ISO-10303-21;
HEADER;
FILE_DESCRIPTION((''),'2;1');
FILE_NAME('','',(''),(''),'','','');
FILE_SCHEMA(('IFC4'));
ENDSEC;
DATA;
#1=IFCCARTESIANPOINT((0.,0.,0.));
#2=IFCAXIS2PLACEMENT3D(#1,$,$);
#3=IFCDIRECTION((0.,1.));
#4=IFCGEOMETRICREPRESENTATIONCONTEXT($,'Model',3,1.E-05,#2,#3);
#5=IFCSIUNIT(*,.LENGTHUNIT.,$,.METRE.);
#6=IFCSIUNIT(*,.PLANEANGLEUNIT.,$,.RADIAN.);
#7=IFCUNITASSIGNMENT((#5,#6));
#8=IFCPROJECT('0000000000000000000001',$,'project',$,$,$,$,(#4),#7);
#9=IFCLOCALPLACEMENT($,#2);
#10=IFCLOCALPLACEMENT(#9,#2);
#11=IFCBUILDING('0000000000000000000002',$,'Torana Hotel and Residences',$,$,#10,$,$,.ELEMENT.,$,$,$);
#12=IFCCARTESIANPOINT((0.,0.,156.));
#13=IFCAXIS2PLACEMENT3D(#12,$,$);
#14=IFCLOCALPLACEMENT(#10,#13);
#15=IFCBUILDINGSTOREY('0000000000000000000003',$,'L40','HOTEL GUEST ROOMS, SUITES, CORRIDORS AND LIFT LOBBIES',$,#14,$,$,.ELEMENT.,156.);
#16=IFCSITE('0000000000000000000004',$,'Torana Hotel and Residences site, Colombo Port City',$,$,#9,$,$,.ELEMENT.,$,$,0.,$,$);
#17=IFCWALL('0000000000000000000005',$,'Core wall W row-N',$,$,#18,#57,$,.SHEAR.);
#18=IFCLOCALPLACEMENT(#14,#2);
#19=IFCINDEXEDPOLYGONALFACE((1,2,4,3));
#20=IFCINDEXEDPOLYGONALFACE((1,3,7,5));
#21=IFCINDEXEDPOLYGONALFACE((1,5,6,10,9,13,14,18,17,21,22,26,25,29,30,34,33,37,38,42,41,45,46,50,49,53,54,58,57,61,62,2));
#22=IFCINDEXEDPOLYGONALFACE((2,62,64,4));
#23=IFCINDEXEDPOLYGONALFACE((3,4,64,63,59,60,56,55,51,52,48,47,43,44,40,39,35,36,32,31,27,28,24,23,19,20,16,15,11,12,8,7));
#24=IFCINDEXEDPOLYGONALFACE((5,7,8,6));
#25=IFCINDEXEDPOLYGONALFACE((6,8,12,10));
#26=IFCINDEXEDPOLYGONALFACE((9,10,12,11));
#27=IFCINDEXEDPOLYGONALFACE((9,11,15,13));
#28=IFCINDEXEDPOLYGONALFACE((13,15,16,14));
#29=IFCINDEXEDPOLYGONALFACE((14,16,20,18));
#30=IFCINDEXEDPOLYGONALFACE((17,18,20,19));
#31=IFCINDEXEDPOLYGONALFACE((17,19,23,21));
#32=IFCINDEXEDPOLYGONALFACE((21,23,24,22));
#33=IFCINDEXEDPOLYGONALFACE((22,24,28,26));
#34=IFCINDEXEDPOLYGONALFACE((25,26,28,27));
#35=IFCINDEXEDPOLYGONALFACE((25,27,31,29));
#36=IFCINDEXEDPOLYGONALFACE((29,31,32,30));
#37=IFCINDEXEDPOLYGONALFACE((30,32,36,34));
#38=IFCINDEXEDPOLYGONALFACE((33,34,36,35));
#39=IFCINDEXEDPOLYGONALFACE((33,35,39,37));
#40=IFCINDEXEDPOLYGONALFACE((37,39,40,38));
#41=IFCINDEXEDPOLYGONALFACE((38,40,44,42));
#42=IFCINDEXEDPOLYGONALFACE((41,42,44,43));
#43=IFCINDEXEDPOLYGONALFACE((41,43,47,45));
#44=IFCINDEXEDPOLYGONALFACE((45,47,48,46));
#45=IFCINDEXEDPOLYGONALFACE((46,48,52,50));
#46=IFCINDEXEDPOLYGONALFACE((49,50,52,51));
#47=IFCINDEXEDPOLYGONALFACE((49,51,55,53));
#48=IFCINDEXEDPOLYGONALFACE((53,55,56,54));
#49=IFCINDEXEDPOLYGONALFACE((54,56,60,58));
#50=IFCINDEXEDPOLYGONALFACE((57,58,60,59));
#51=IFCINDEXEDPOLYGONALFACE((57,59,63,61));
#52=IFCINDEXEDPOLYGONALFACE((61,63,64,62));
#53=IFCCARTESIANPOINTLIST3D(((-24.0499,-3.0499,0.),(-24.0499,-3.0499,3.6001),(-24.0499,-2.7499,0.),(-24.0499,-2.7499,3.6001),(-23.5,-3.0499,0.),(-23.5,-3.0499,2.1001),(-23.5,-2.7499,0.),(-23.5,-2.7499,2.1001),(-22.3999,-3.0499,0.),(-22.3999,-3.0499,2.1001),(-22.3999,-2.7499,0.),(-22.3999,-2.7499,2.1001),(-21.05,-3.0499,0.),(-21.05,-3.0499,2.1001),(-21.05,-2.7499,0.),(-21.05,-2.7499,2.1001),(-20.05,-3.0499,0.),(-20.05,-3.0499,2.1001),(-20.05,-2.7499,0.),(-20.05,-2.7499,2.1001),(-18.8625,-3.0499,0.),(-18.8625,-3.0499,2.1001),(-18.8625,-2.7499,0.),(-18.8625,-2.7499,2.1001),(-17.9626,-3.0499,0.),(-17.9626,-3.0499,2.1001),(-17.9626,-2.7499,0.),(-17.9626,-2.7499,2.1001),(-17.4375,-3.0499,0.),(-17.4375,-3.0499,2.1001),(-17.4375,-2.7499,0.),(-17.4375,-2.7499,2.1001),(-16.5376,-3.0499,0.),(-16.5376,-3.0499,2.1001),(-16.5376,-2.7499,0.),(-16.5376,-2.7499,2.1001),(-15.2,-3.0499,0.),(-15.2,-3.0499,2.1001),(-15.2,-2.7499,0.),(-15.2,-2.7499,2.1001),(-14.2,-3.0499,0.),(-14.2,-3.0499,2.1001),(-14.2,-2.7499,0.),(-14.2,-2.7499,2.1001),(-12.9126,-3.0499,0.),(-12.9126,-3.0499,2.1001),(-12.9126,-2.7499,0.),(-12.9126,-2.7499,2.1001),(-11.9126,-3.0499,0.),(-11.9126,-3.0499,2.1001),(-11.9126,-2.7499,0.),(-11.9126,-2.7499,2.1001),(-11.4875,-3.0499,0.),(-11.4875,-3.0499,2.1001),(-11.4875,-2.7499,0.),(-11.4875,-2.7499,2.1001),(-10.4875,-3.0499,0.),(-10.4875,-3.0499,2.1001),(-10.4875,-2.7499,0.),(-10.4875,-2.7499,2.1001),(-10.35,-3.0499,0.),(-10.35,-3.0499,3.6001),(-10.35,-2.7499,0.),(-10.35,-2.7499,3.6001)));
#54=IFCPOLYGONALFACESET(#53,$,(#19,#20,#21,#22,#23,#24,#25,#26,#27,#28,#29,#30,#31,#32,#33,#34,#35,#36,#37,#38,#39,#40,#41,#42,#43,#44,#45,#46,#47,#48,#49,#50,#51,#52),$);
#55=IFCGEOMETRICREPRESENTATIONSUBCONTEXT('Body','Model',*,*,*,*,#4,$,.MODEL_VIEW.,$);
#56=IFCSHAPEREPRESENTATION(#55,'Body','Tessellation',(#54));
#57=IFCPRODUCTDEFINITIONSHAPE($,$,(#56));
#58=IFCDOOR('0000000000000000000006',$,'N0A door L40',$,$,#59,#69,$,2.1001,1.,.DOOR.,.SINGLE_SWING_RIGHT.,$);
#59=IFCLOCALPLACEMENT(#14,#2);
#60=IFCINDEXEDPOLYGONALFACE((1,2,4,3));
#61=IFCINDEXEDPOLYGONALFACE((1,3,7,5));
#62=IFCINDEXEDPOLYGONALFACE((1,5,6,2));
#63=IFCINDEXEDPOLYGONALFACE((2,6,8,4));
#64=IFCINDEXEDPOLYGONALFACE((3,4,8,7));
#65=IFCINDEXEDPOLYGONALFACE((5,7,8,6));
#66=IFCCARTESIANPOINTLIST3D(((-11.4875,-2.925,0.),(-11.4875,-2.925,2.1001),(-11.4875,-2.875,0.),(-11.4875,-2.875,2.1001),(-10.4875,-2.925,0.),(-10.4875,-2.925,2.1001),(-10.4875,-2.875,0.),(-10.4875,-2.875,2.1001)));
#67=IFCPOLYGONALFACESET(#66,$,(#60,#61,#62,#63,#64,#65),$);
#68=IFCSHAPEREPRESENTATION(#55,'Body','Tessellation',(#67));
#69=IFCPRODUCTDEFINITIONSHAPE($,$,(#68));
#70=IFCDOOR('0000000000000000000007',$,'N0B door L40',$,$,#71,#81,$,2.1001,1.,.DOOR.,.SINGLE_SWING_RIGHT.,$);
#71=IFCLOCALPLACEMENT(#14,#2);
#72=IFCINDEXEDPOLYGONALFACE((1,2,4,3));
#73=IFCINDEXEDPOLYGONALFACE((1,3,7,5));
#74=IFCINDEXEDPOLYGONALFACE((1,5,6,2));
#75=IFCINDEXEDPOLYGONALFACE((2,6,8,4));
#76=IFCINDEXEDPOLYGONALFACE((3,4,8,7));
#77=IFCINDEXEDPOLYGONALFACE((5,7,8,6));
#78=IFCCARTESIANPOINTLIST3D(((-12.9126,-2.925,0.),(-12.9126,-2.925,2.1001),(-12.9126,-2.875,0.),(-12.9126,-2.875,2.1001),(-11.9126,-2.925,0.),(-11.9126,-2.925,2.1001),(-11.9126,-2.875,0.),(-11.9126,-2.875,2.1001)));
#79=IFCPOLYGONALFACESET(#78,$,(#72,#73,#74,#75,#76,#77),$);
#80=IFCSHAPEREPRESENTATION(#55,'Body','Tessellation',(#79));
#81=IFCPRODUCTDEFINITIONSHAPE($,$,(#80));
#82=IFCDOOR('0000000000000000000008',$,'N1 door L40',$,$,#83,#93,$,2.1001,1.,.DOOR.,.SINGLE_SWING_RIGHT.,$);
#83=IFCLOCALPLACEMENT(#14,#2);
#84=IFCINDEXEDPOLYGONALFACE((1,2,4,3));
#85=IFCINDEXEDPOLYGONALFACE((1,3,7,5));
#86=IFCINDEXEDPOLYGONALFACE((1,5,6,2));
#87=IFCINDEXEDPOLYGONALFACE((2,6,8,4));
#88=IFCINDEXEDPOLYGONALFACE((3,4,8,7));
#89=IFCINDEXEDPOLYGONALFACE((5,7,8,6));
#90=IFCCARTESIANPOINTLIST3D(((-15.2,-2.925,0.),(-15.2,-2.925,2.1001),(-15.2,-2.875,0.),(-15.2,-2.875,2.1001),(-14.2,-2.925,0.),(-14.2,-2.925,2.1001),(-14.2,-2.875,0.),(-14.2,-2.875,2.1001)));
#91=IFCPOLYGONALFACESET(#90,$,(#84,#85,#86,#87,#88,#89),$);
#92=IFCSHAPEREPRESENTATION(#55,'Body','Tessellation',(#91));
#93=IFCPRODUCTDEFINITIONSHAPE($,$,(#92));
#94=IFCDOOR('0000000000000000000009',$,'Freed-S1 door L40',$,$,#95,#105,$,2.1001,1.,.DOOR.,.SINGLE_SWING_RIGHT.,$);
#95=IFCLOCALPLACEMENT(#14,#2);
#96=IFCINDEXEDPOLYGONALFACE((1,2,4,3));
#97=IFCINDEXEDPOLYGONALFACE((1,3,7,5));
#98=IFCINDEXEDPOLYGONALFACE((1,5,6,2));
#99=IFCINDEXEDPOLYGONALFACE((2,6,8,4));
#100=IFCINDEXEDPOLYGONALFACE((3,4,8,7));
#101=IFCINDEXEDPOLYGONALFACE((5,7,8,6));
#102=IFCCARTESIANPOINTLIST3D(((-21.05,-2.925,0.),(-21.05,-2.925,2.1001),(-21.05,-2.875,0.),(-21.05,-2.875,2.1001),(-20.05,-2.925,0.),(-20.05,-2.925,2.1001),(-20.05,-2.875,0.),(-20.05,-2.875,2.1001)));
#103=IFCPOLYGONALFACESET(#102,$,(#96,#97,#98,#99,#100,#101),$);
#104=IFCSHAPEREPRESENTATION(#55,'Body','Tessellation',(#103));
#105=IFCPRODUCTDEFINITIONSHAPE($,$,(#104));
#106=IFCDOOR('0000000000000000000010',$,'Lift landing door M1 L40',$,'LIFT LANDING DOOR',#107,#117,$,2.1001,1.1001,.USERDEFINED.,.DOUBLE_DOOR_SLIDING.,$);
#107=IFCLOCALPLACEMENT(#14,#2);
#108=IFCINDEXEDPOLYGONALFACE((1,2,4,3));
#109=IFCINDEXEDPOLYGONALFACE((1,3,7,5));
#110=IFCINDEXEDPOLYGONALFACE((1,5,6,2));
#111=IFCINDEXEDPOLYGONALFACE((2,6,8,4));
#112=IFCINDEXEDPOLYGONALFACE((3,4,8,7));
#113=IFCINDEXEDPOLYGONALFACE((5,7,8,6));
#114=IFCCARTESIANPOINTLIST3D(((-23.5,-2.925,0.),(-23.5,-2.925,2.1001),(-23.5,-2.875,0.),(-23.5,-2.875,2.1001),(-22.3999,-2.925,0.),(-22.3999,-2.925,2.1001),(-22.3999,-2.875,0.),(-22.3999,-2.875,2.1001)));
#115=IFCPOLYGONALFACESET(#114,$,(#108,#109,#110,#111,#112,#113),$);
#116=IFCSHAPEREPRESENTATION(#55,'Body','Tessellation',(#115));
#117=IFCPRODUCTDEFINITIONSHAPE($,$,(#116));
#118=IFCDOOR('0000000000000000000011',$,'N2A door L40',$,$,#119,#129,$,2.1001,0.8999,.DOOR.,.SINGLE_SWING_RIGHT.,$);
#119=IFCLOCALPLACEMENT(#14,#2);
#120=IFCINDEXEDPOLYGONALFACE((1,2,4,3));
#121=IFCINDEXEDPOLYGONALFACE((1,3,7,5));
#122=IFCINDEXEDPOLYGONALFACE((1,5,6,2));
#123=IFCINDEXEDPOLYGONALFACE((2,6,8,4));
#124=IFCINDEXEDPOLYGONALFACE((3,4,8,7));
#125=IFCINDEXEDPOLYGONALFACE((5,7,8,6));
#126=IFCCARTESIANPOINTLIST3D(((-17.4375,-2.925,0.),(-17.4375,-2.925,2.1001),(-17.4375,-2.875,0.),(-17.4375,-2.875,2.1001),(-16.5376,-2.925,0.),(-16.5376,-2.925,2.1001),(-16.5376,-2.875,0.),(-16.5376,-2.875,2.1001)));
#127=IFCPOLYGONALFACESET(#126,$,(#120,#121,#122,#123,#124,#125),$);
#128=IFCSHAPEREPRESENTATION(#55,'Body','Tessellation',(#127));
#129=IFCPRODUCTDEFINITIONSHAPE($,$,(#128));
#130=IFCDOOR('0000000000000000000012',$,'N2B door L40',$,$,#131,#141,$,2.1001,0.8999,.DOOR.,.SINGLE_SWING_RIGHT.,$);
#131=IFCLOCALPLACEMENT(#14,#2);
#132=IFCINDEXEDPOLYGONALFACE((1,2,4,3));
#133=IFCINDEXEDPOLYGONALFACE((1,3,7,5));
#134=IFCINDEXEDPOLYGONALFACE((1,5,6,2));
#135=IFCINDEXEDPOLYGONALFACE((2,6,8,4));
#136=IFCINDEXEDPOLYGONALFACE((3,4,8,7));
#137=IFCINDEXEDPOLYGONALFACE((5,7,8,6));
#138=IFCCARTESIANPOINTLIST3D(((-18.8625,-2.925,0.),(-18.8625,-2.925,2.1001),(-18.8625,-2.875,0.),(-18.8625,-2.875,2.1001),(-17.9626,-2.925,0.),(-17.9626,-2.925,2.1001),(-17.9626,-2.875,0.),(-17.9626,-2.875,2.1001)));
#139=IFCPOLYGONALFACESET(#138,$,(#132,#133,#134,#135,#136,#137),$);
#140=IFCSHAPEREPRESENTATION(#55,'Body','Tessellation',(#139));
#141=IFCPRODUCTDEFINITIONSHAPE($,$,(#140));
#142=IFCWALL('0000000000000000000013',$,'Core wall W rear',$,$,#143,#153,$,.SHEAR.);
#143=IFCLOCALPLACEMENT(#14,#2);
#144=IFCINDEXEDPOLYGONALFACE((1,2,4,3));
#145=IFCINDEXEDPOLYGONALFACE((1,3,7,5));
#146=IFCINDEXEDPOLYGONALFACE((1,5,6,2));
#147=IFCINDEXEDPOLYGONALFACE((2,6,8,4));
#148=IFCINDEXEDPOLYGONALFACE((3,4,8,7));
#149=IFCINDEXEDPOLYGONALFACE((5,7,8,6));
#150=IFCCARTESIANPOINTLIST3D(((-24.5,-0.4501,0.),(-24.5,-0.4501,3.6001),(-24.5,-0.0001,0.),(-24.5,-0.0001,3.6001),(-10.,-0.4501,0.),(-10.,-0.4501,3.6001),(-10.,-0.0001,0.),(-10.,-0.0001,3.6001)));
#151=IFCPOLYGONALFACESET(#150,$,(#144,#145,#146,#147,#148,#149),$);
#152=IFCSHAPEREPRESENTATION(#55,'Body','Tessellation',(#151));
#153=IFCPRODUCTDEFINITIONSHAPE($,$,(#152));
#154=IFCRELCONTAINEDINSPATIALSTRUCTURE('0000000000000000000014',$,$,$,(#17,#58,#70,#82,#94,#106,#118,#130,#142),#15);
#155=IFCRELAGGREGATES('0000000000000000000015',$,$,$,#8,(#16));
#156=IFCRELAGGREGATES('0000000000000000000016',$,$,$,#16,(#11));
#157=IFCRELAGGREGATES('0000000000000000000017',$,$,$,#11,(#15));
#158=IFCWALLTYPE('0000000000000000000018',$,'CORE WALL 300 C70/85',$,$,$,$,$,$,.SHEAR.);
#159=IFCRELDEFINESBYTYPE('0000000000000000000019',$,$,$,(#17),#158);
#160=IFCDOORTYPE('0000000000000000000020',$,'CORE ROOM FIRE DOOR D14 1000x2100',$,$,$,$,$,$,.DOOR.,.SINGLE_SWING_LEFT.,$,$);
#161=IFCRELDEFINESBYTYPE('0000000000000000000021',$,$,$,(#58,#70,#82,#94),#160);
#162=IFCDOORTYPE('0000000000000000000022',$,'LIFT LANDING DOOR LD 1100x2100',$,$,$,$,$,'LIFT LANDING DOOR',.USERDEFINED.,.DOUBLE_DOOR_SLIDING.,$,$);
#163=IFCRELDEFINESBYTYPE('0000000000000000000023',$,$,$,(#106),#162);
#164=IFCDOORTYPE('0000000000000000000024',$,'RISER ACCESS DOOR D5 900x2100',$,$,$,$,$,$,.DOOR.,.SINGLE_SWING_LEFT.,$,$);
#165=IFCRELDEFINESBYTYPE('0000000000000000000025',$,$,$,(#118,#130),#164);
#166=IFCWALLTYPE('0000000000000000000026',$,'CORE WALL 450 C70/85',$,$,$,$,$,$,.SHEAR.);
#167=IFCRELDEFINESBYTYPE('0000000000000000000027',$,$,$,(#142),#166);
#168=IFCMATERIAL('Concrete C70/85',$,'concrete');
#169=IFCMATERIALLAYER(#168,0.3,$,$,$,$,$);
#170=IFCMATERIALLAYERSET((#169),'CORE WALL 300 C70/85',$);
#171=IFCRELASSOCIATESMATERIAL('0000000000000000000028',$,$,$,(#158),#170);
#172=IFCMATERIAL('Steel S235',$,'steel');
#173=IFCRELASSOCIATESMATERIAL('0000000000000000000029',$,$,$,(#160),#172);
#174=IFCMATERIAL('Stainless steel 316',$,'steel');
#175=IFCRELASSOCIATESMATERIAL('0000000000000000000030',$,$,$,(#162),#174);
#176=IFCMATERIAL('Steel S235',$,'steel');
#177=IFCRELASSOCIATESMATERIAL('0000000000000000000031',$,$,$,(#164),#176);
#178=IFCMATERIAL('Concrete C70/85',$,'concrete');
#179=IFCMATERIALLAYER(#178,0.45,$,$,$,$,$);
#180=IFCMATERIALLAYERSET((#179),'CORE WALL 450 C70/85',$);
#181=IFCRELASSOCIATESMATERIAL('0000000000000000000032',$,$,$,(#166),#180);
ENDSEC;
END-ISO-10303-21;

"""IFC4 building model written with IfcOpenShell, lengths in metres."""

from ifc_helpers import new_model, si_unit, direction, frame, frame_2d, origin, place, context, subcontext, project, spatial, rectangle, extrude, material, layer, layer_set, type_object, element, fill, save


model = new_model("IFC4")

# Units and contexts
model_context = context("Model", 3, precision=1e-05, world=origin(), true_north=direction((0.0, 1.0)))
body_context = subcontext(model_context, "Body", "Model", "MODEL_VIEW")
ifc_project = project(units=[si_unit("LENGTHUNIT", "METRE"), si_unit("PLANEANGLEUNIT", "RADIAN")], contexts=[model_context])

# Site, building, storey
site_placement = place(None, origin())
site = spatial("IfcSite", under=ifc_project, at=site_placement, Name="Torana Hotel and Residences site, Colombo Port City", CompositionType="ELEMENT", RefElevation=0.0)
building_placement = place(site_placement, origin())
building = spatial("IfcBuilding", under=site, at=building_placement, Name="Torana Hotel and Residences", CompositionType="ELEMENT")
storey_placement = place(building_placement, frame((0.0, 0.0, 156.0)))
storey = spatial("IfcBuildingStorey", under=building, at=storey_placement, Name="L40", Description="HOTEL GUEST ROOMS, SUITES, CORRIDORS AND LIFT LOBBIES", CompositionType="ELEMENT", Elevation=156.0)

# Wall, openings, doors
ifc_material_1 = material(Name="Concrete C70/85", Category="concrete")
ifc_layer_1 = layer(ifc_material_1, 0.3)
ifc_layer_set_1 = layer_set([ifc_layer_1], Name="CORE WALL 300 C70/85")
wall_type_1 = type_object("IfcWallType", Name="CORE WALL 300 C70/85", PredefinedType="SHEAR", material=ifc_layer_set_1)
wall_1_placement = place(storey_placement, frame((-24.05, -2.8999, 0.0), z_axis=(0.0, 0.0, 1.0), x_axis=(1.0, 0.0, 0.0)))
wall_1 = element("IfcWall", 1, at=wall_1_placement, inside=storey, type_object=wall_type_1, Name="Core wall W row-N", PredefinedType="SHEAR", context=body_context, shape_type="SweptSolid", body=[
    extrude(rectangle(XDim=13.7, YDim=0.3, at=frame_2d((6.8501, 0.0))), origin(), (0.0, 0.0, 1.0), 3.6001),
])
opening_1_placement = place(wall_1_placement, frame((0.55, 0.0, 0.0)))
opening_1 = element("IfcOpeningElement", 2, at=opening_1_placement, cuts=wall_1, PredefinedType="OPENING", context=body_context, shape_type="SweptSolid", body=[
    extrude(rectangle(XDim=1.1001, YDim=2.1001, at=frame_2d((0.55, 1.05))), frame((0.0, 0.1599, 0.0), z_axis=(0.0, -1.0, 0.0), x_axis=(1.0, 0.0, 0.0)), (0.0, 0.0, 1.0), 0.3201),
])
opening_2_placement = place(wall_1_placement, frame((6.6125, 0.0, 0.0)))
opening_2 = element("IfcOpeningElement", 3, at=opening_2_placement, cuts=wall_1, PredefinedType="OPENING", context=body_context, shape_type="SweptSolid", body=[
    extrude(rectangle(XDim=0.8999, YDim=2.1001, at=frame_2d((0.45, 1.05))), frame((0.0, 0.1599, 0.0), z_axis=(0.0, -1.0, 0.0), x_axis=(1.0, 0.0, 0.0)), (0.0, 0.0, 1.0), 0.3201),
])
opening_3_placement = place(wall_1_placement, frame((5.1875, 0.0, 0.0)))
opening_3 = element("IfcOpeningElement", 4, at=opening_3_placement, cuts=wall_1, PredefinedType="OPENING", context=body_context, shape_type="SweptSolid", body=[
    extrude(rectangle(XDim=0.8999, YDim=2.1001, at=frame_2d((0.45, 1.05))), frame((0.0, 0.1599, 0.0), z_axis=(0.0, -1.0, 0.0), x_axis=(1.0, 0.0, 0.0)), (0.0, 0.0, 1.0), 0.3201),
])
opening_4_placement = place(wall_1_placement, frame((12.5625, 0.0, 0.0)))
opening_4 = element("IfcOpeningElement", 5, at=opening_4_placement, cuts=wall_1, PredefinedType="OPENING", context=body_context, shape_type="SweptSolid", body=[
    extrude(rectangle(XDim=1.0, YDim=2.1001, at=frame_2d((0.5, 1.05))), frame((0.0, 0.1599, 0.0), z_axis=(0.0, -1.0, 0.0), x_axis=(1.0, 0.0, 0.0)), (0.0, 0.0, 1.0), 0.3201),
])
opening_5_placement = place(wall_1_placement, frame((11.1375, 0.0, 0.0)))
opening_5 = element("IfcOpeningElement", 6, at=opening_5_placement, cuts=wall_1, PredefinedType="OPENING", context=body_context, shape_type="SweptSolid", body=[
    extrude(rectangle(XDim=1.0, YDim=2.1001, at=frame_2d((0.5, 1.05))), frame((0.0, 0.1599, 0.0), z_axis=(0.0, -1.0, 0.0), x_axis=(1.0, 0.0, 0.0)), (0.0, 0.0, 1.0), 0.3201),
])
opening_6_placement = place(wall_1_placement, frame((8.8501, 0.0, 0.0)))
opening_6 = element("IfcOpeningElement", 7, at=opening_6_placement, cuts=wall_1, PredefinedType="OPENING", context=body_context, shape_type="SweptSolid", body=[
    extrude(rectangle(XDim=1.0, YDim=2.1001, at=frame_2d((0.5, 1.05))), frame((0.0, 0.1599, 0.0), z_axis=(0.0, -1.0, 0.0), x_axis=(1.0, 0.0, 0.0)), (0.0, 0.0, 1.0), 0.3201),
])
opening_7_placement = place(wall_1_placement, frame((3.0, 0.0, 0.0)))
opening_7 = element("IfcOpeningElement", 8, at=opening_7_placement, cuts=wall_1, PredefinedType="OPENING", context=body_context, shape_type="SweptSolid", body=[
    extrude(rectangle(XDim=1.0, YDim=2.1001, at=frame_2d((0.5, 1.05))), frame((0.0, 0.1599, 0.0), z_axis=(0.0, -1.0, 0.0), x_axis=(1.0, 0.0, 0.0)), (0.0, 0.0, 1.0), 0.3201),
])
ifc_material_2 = material(Name="Steel S235", Category="steel")
door_type_1 = type_object("IfcDoorType", Name="CORE ROOM FIRE DOOR D14 1000x2100", OperationType="SINGLE_SWING_LEFT", PredefinedType="DOOR", material=ifc_material_2)
door_1_placement = place(opening_4_placement, origin())
door_1 = element("IfcDoor", 9, at=door_1_placement, inside=storey, type_object=door_type_1, Name="N0A door L40", OperationType="SINGLE_SWING_RIGHT", OverallHeight=2.1001, OverallWidth=1.0, PredefinedType="DOOR", context=body_context, shape_type="SweptSolid", body=[
    extrude(rectangle(XDim=1.0, YDim=2.1001, at=frame_2d((0.5, 1.05))), frame((0.0, 0.0249, 0.0), z_axis=(0.0, -1.0, 0.0), x_axis=(1.0, 0.0, 0.0)), (0.0, 0.0, 1.0), 0.05),
])
fill(opening_4, door_1)
door_2_placement = place(opening_5_placement, origin())
door_2 = element("IfcDoor", 10, at=door_2_placement, inside=storey, type_object=door_type_1, Name="N0B door L40", OperationType="SINGLE_SWING_RIGHT", OverallHeight=2.1001, OverallWidth=1.0, PredefinedType="DOOR", context=body_context, shape_type="SweptSolid", body=[
    extrude(rectangle(XDim=1.0, YDim=2.1001, at=frame_2d((0.5, 1.05))), frame((0.0, 0.0249, 0.0), z_axis=(0.0, -1.0, 0.0), x_axis=(1.0, 0.0, 0.0)), (0.0, 0.0, 1.0), 0.05),
])
fill(opening_5, door_2)
door_3_placement = place(opening_6_placement, origin())
door_3 = element("IfcDoor", 11, at=door_3_placement, inside=storey, type_object=door_type_1, Name="N1 door L40", OperationType="SINGLE_SWING_RIGHT", OverallHeight=2.1001, OverallWidth=1.0, PredefinedType="DOOR", context=body_context, shape_type="SweptSolid", body=[
    extrude(rectangle(XDim=1.0, YDim=2.1001, at=frame_2d((0.5, 1.05))), frame((0.0, 0.0249, 0.0), z_axis=(0.0, -1.0, 0.0), x_axis=(1.0, 0.0, 0.0)), (0.0, 0.0, 1.0), 0.05),
])
fill(opening_6, door_3)
door_4_placement = place(opening_7_placement, origin())
door_4 = element("IfcDoor", 12, at=door_4_placement, inside=storey, type_object=door_type_1, Name="Freed-S1 door L40", OperationType="SINGLE_SWING_RIGHT", OverallHeight=2.1001, OverallWidth=1.0, PredefinedType="DOOR", context=body_context, shape_type="SweptSolid", body=[
    extrude(rectangle(XDim=1.0, YDim=2.1001, at=frame_2d((0.5, 1.05))), frame((0.0, 0.0249, 0.0), z_axis=(0.0, -1.0, 0.0), x_axis=(1.0, 0.0, 0.0)), (0.0, 0.0, 1.0), 0.05),
])
fill(opening_7, door_4)
ifc_material_3 = material(Name="Stainless steel 316", Category="steel")
door_type_2 = type_object("IfcDoorType", Name="LIFT LANDING DOOR LD 1100x2100", ElementType="LIFT LANDING DOOR", OperationType="DOUBLE_DOOR_SLIDING", PredefinedType="USERDEFINED", material=ifc_material_3)
door_5_placement = place(opening_1_placement, origin())
door_5 = element("IfcDoor", 13, at=door_5_placement, inside=storey, type_object=door_type_2, Name="Lift landing door M1 L40", ObjectType="LIFT LANDING DOOR", OperationType="DOUBLE_DOOR_SLIDING", OverallHeight=2.1001, OverallWidth=1.1001, PredefinedType="USERDEFINED", context=body_context, shape_type="SweptSolid", body=[
    extrude(rectangle(XDim=1.1001, YDim=2.1001, at=frame_2d((0.55, 1.05))), frame((0.0, 0.0249, 0.0), z_axis=(0.0, -1.0, 0.0), x_axis=(1.0, 0.0, 0.0)), (0.0, 0.0, 1.0), 0.05),
])
fill(opening_1, door_5)
ifc_material_4 = material(Name="Steel S235", Category="steel")
door_type_3 = type_object("IfcDoorType", Name="RISER ACCESS DOOR D5 900x2100", OperationType="SINGLE_SWING_LEFT", PredefinedType="DOOR", material=ifc_material_4)
door_6_placement = place(opening_2_placement, origin())
door_6 = element("IfcDoor", 14, at=door_6_placement, inside=storey, type_object=door_type_3, Name="N2A door L40", OperationType="SINGLE_SWING_RIGHT", OverallHeight=2.1001, OverallWidth=0.8999, PredefinedType="DOOR", context=body_context, shape_type="SweptSolid", body=[
    extrude(rectangle(XDim=0.8999, YDim=2.1001, at=frame_2d((0.45, 1.05))), frame((0.0, 0.0249, 0.0), z_axis=(0.0, -1.0, 0.0), x_axis=(1.0, 0.0, 0.0)), (0.0, 0.0, 1.0), 0.05),
])
fill(opening_2, door_6)
door_7_placement = place(opening_3_placement, origin())
door_7 = element("IfcDoor", 15, at=door_7_placement, inside=storey, type_object=door_type_3, Name="N2B door L40", OperationType="SINGLE_SWING_RIGHT", OverallHeight=2.1001, OverallWidth=0.8999, PredefinedType="DOOR", context=body_context, shape_type="SweptSolid", body=[
    extrude(rectangle(XDim=0.8999, YDim=2.1001, at=frame_2d((0.45, 1.05))), frame((0.0, 0.0249, 0.0), z_axis=(0.0, -1.0, 0.0), x_axis=(1.0, 0.0, 0.0)), (0.0, 0.0, 1.0), 0.05),
])
fill(opening_3, door_7)

# Wall
ifc_material_5 = material(Name="Concrete C70/85", Category="concrete")
ifc_layer_2 = layer(ifc_material_5, 0.45)
ifc_layer_set_2 = layer_set([ifc_layer_2], Name="CORE WALL 450 C70/85")
wall_type_2 = type_object("IfcWallType", Name="CORE WALL 450 C70/85", PredefinedType="SHEAR", material=ifc_layer_set_2)
wall_2_placement = place(storey_placement, frame((-24.5, -0.2251, 0.0), z_axis=(0.0, 0.0, 1.0), x_axis=(1.0, 0.0, 0.0)))
element("IfcWall", 16, at=wall_2_placement, inside=storey, type_object=wall_type_2, Name="Core wall W rear", PredefinedType="SHEAR", context=body_context, shape_type="SweptSolid", body=[
    extrude(rectangle(XDim=14.5, YDim=0.45, at=frame_2d((7.25, 0.0))), origin(), (0.0, 0.0, 1.0), 3.6001),
])

save(model, "model.ifc")
